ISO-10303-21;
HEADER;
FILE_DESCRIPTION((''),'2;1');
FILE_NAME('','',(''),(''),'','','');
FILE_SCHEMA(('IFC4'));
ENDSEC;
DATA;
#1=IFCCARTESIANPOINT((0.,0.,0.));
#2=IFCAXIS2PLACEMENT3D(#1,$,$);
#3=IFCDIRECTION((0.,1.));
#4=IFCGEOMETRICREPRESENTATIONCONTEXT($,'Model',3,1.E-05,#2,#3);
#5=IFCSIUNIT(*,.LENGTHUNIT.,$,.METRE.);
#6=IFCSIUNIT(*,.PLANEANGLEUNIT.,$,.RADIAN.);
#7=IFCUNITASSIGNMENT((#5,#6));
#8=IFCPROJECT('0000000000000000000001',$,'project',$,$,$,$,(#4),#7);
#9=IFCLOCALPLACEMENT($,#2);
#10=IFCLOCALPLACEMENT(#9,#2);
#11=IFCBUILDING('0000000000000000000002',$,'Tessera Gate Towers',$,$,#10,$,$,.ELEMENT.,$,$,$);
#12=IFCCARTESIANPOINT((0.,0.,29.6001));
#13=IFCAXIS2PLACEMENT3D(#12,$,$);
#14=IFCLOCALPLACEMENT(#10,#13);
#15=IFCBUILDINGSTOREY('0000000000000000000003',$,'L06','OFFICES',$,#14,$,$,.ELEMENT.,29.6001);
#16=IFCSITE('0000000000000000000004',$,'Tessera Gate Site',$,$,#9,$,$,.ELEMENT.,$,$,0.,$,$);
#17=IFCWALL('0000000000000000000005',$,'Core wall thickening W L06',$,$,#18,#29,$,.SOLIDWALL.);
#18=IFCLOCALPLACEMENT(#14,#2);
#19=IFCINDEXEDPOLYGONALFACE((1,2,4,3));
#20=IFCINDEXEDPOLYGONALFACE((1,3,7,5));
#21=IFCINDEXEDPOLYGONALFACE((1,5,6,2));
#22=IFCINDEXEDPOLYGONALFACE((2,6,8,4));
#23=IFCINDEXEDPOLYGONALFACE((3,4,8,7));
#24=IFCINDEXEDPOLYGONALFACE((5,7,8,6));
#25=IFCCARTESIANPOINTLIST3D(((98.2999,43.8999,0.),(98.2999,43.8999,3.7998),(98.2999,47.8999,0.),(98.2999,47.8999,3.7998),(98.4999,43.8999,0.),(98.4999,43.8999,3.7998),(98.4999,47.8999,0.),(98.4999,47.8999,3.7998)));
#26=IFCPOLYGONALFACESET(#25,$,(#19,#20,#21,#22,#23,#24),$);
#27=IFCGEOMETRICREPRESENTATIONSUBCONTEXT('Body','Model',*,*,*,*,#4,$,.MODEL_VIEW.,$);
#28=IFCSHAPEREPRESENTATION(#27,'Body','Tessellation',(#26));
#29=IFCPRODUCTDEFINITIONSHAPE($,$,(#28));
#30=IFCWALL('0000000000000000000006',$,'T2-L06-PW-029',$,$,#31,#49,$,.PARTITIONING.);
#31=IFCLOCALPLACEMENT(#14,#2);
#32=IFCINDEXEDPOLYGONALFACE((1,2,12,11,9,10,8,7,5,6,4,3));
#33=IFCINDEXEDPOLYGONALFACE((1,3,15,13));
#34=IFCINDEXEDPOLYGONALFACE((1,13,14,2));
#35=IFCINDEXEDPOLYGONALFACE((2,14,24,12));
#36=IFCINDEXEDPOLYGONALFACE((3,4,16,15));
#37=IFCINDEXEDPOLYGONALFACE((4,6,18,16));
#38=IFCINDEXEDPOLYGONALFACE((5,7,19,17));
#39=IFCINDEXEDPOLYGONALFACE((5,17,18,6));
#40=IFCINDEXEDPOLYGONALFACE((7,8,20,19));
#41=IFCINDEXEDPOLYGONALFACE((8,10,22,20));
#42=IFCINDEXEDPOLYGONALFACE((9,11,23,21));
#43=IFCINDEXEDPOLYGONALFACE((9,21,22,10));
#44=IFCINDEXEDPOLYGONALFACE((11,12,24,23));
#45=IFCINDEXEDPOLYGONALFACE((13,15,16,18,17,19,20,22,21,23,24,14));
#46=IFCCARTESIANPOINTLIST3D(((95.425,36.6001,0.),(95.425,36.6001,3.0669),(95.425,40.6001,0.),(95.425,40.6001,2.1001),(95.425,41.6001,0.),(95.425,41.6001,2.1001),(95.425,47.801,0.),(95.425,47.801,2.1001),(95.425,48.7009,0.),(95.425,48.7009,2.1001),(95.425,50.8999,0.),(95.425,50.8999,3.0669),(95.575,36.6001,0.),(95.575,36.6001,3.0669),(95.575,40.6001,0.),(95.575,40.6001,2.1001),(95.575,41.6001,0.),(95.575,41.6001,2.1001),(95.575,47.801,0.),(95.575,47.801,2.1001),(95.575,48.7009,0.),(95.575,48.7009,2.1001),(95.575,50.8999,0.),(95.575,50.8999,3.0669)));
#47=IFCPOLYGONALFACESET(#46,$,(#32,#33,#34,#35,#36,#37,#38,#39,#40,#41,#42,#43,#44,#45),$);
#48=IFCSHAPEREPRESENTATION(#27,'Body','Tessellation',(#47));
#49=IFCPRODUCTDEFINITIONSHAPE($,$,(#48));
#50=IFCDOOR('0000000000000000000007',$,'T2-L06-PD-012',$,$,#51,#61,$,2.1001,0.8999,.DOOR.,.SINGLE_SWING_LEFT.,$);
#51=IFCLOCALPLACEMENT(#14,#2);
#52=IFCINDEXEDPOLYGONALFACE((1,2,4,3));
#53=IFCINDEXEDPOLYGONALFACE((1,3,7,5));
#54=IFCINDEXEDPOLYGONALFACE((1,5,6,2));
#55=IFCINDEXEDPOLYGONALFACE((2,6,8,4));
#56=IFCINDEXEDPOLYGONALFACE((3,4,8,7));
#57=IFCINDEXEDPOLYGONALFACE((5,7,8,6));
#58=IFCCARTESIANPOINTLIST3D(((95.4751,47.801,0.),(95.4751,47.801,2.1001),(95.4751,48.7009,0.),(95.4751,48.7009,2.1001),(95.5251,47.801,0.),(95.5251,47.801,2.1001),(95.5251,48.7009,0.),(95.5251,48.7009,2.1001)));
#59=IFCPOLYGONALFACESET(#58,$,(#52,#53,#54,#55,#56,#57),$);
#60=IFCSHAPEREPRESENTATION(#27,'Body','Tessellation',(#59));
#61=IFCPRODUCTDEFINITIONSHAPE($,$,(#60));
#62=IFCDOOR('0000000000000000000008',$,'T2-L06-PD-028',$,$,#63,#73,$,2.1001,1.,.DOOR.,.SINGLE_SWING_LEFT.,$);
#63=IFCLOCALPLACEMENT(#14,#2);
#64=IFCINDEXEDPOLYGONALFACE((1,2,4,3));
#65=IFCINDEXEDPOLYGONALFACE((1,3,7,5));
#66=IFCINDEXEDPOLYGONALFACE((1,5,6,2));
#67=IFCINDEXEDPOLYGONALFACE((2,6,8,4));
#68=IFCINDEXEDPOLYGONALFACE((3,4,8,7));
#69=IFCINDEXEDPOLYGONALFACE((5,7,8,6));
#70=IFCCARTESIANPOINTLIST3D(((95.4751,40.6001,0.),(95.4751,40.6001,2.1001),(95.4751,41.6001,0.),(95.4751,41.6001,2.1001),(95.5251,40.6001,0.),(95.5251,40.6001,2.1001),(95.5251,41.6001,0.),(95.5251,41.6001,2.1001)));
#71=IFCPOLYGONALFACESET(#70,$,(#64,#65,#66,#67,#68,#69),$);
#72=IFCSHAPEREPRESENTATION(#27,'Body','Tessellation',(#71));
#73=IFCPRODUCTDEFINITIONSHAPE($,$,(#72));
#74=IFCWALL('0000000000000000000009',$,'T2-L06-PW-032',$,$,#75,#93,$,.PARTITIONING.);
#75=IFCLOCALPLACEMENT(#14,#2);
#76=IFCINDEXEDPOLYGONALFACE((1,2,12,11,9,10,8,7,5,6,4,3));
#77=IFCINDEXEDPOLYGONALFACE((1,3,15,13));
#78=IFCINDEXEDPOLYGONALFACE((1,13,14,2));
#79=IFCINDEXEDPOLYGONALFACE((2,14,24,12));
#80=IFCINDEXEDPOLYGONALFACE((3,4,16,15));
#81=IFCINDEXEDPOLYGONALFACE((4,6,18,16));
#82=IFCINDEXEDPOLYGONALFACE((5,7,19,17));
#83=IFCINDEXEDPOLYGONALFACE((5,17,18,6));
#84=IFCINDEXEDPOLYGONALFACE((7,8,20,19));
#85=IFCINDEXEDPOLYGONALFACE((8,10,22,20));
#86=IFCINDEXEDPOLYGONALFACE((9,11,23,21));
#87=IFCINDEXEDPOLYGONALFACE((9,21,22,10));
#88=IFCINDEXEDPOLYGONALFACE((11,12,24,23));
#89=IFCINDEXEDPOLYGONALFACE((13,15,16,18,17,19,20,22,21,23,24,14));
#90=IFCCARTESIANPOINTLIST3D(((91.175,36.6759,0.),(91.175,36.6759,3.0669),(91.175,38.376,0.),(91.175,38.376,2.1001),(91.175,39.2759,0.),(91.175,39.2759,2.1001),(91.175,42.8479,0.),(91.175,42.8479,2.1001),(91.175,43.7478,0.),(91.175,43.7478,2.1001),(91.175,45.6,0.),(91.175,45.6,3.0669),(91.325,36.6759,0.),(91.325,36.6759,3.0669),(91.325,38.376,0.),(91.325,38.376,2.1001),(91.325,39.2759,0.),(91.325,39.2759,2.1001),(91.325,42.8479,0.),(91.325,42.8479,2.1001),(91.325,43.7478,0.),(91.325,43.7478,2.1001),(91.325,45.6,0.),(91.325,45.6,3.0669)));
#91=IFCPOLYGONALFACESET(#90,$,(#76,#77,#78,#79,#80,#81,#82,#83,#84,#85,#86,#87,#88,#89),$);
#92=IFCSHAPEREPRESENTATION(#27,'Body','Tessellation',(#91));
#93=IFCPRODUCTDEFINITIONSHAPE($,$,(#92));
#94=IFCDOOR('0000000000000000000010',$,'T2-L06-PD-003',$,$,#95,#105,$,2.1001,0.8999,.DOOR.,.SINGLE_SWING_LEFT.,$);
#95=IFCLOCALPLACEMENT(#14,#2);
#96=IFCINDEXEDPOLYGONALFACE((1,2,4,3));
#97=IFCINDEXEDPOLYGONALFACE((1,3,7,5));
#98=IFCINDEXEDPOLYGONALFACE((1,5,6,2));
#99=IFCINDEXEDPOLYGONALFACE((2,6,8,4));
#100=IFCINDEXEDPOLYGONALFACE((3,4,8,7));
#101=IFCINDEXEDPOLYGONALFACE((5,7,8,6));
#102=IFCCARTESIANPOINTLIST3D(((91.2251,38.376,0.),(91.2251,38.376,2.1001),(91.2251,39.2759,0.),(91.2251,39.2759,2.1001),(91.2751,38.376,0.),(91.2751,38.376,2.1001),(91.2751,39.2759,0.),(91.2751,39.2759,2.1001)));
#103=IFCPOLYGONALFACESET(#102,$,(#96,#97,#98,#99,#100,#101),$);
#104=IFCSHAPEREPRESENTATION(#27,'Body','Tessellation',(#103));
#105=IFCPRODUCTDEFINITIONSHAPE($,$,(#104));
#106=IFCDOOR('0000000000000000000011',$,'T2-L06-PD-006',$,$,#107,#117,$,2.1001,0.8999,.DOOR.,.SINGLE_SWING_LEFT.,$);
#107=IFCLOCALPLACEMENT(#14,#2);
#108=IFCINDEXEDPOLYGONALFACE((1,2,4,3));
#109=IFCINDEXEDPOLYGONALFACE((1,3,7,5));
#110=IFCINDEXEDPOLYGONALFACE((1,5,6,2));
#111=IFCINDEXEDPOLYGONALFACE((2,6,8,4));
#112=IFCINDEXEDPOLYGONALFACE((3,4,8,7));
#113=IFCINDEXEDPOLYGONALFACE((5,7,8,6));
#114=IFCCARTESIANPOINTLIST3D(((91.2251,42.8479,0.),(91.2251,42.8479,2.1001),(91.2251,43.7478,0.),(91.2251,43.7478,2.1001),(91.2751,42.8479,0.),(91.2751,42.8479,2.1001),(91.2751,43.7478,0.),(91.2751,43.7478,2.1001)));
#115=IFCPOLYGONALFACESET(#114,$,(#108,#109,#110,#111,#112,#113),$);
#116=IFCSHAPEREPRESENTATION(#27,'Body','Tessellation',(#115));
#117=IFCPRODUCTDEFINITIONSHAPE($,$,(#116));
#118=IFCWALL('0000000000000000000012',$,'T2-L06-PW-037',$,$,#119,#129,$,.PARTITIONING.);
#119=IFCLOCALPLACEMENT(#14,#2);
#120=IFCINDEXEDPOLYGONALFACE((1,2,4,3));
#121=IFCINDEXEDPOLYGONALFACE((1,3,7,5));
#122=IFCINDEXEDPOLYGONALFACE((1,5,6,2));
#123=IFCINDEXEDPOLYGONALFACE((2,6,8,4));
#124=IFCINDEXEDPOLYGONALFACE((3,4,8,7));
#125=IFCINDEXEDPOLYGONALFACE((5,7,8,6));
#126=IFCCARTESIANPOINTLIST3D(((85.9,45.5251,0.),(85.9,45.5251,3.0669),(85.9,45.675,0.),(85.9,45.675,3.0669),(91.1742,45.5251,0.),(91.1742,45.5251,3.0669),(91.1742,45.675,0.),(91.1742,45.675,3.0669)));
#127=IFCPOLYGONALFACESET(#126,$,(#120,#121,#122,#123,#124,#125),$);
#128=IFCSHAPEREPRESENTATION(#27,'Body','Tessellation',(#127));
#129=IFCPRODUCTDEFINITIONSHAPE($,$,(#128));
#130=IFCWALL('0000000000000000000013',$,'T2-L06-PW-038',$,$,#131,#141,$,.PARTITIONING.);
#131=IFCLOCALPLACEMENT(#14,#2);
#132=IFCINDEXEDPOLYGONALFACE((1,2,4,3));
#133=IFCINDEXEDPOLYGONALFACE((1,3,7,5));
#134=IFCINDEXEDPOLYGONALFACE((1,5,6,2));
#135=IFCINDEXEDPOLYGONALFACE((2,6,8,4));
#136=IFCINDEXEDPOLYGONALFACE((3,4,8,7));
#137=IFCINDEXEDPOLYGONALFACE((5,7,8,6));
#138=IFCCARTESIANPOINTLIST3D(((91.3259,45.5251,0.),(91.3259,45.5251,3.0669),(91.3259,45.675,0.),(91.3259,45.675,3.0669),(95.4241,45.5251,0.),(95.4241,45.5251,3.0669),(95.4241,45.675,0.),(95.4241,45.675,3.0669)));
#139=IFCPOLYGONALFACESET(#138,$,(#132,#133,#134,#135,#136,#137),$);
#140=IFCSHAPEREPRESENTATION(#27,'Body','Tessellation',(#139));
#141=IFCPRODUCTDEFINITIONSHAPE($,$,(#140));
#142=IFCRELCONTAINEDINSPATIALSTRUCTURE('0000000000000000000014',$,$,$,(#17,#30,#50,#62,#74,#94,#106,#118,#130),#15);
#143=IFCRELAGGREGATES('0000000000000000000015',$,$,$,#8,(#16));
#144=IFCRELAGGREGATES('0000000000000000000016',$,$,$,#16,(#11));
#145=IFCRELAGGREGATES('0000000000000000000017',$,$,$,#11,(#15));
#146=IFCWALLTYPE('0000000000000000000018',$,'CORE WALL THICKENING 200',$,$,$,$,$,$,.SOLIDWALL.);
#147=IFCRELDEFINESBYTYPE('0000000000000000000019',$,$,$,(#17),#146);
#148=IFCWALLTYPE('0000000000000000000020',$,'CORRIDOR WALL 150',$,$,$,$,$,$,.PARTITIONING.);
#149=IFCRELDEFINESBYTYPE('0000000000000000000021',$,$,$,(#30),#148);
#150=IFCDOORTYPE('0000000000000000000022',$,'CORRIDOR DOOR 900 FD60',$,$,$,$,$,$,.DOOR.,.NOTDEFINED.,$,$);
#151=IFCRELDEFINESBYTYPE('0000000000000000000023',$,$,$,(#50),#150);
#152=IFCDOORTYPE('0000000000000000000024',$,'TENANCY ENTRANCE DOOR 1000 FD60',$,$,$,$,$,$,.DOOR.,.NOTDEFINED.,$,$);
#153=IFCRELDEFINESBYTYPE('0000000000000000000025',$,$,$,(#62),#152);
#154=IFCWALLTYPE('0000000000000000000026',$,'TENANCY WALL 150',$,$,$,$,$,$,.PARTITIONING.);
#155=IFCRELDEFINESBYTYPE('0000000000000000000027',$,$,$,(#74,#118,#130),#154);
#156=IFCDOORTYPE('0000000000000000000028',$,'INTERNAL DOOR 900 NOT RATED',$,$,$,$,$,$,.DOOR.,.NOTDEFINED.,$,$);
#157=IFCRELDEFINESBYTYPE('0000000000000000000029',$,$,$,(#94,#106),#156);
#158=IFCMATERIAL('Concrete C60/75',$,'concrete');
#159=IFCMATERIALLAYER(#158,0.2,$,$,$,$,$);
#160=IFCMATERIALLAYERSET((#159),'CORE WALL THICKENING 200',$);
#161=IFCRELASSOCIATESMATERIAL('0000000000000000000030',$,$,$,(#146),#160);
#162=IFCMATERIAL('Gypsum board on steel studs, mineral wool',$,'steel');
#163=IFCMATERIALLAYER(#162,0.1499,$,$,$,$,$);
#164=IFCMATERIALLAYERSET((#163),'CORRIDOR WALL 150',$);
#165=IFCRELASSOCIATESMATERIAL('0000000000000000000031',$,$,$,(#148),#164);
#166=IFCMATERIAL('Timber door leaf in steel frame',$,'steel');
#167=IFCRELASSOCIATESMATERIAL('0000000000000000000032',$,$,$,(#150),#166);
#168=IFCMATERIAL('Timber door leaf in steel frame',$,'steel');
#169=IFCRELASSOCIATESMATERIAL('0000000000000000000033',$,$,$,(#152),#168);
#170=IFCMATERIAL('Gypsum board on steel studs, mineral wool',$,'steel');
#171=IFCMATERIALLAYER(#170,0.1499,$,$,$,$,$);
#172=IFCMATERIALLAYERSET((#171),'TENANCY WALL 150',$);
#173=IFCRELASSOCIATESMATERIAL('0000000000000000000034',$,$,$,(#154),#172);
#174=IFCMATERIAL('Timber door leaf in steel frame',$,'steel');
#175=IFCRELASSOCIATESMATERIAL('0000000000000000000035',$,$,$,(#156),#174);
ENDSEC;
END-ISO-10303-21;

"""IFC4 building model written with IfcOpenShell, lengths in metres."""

from ifc_helpers import new_model, si_unit, direction, frame, frame_2d, origin, place, context, subcontext, project, spatial, rectangle, extrude, source, transform, mapped, material, layer, layer_set, type_object, element, fill, save


model = new_model("IFC4")

# Units and contexts
model_context = context("Model", 3, precision=1e-05, world=origin(), true_north=direction((0.0, 1.0)))
body_context = subcontext(model_context, "Body", "Model", "MODEL_VIEW")
ifc_project = project(units=[si_unit("LENGTHUNIT", "METRE"), si_unit("PLANEANGLEUNIT", "RADIAN")], contexts=[model_context])

# Site, building, storey
site_placement = place(None, origin())
site = spatial("IfcSite", under=ifc_project, at=site_placement, Name="Tessera Gate Site", CompositionType="ELEMENT", RefElevation=0.0)
building_placement = place(site_placement, origin())
building = spatial("IfcBuilding", under=site, at=building_placement, Name="Tessera Gate Towers", CompositionType="ELEMENT")
storey_placement = place(building_placement, frame((0.0, 0.0, 29.6001)))
storey = spatial("IfcBuildingStorey", under=building, at=storey_placement, Name="L06", Description="OFFICES", CompositionType="ELEMENT", Elevation=29.6001)

# Wall
ifc_material_1 = material(Name="Concrete C60/75", Category="concrete")
ifc_layer_1 = layer(ifc_material_1, 0.2)
ifc_layer_set_1 = layer_set([ifc_layer_1], Name="CORE WALL THICKENING 200")
wall_type_1 = type_object("IfcWallType", Name="CORE WALL THICKENING 200", PredefinedType="SOLIDWALL", material=ifc_layer_set_1)
wall_1_placement = place(storey_placement, frame((98.3999, 43.8999, 0.0), z_axis=(0.0, 0.0, 1.0), x_axis=(0.0, 1.0, 0.0)))
element("IfcWall", 1, at=wall_1_placement, inside=storey, type_object=wall_type_1, Name="Core wall thickening W L06", PredefinedType="SOLIDWALL", context=body_context, shape_type="SweptSolid", body=[
    extrude(rectangle(XDim=4.0, YDim=0.2, at=frame_2d((2.0, 0.0))), origin(), (0.0, 0.0, 1.0), 3.7998),
])

# Walls, openings, doors
ifc_material_2 = material(Name="Gypsum board on steel studs, mineral wool", Category="steel")
ifc_layer_2 = layer(ifc_material_2, 0.1499)
ifc_layer_set_2 = layer_set([ifc_layer_2], Name="CORRIDOR WALL 150")
wall_type_2 = type_object("IfcWallType", Name="CORRIDOR WALL 150", PredefinedType="PARTITIONING", material=ifc_layer_set_2)
wall_2_placement = place(storey_placement, frame((95.5, 36.6001, 0.0), z_axis=(0.0, 0.0, 1.0), x_axis=(0.0, 1.0, 0.0)))
wall_2 = element("IfcWall", 2, at=wall_2_placement, inside=storey, type_object=wall_type_2, Name="T2-L06-PW-029", PredefinedType="PARTITIONING", context=body_context, shape_type="SweptSolid", body=[
    extrude(rectangle(XDim=14.2998, YDim=0.1499, at=frame_2d((7.1499, 0.0))), origin(), (0.0, 0.0, 1.0), 3.0669),
])
shared_shape_1 = source(origin(), body_context, "Body", "SweptSolid", [
    extrude(rectangle(XDim=0.8999, YDim=2.1001, at=frame_2d((0.45, 1.05))), frame((0.0, 0.085, 0.0), z_axis=(0.0, -1.0, 0.0), x_axis=(1.0, 0.0, 0.0)), (0.0, 0.0, 1.0), 0.1699),
])
opening_1_placement = place(wall_2_placement, frame((11.2009, 0.0, 0.0)))
opening_1 = element("IfcOpeningElement", 3, at=opening_1_placement, cuts=wall_2, PredefinedType="OPENING", context=body_context, shape_type="MappedRepresentation", body=[
    mapped(shared_shape_1, transform((0.0, 0.0, 0.0), scale=1.0)),
])
shared_shape_2 = source(origin(), body_context, "Body", "SweptSolid", [
    extrude(rectangle(XDim=1.0, YDim=2.1001, at=frame_2d((0.5, 1.05))), frame((0.0, 0.085, 0.0), z_axis=(0.0, -1.0, 0.0), x_axis=(1.0, 0.0, 0.0)), (0.0, 0.0, 1.0), 0.1699),
])
opening_2_placement = place(wall_2_placement, frame((4.0, 0.0, 0.0)))
opening_2 = element("IfcOpeningElement", 4, at=opening_2_placement, cuts=wall_2, PredefinedType="OPENING", context=body_context, shape_type="MappedRepresentation", body=[
    mapped(shared_shape_2, transform((0.0, 0.0, 0.0), scale=1.0)),
])
ifc_material_3 = material(Name="Timber door leaf in steel frame", Category="steel")
door_type_1 = type_object("IfcDoorType", Name="CORRIDOR DOOR 900 FD60", OperationType="NOTDEFINED", PredefinedType="DOOR", material=ifc_material_3)
shared_shape_3 = source(origin(), body_context, "Body", "SweptSolid", [
    extrude(rectangle(XDim=0.8999, YDim=2.1001, at=frame_2d((0.45, 1.05))), frame((0.0, 0.0249, 0.0), z_axis=(0.0, -1.0, 0.0), x_axis=(1.0, 0.0, 0.0)), (0.0, 0.0, 1.0), 0.05),
])
door_1_placement = place(opening_1_placement, origin())
door_1 = element("IfcDoor", 5, at=door_1_placement, inside=storey, type_object=door_type_1, Name="T2-L06-PD-012", OperationType="SINGLE_SWING_LEFT", OverallHeight=2.1001, OverallWidth=0.8999, PredefinedType="DOOR", context=body_context, shape_type="MappedRepresentation", body=[
    mapped(shared_shape_3, transform((0.0, 0.0, 0.0), scale=1.0)),
])
fill(opening_1, door_1)
ifc_material_4 = material(Name="Timber door leaf in steel frame", Category="steel")
door_type_2 = type_object("IfcDoorType", Name="TENANCY ENTRANCE DOOR 1000 FD60", OperationType="NOTDEFINED", PredefinedType="DOOR", material=ifc_material_4)
shared_shape_4 = source(origin(), body_context, "Body", "SweptSolid", [
    extrude(rectangle(XDim=1.0, YDim=2.1001, at=frame_2d((0.5, 1.05))), frame((0.0, 0.0249, 0.0), z_axis=(0.0, -1.0, 0.0), x_axis=(1.0, 0.0, 0.0)), (0.0, 0.0, 1.0), 0.05),
])
door_2_placement = place(opening_2_placement, origin())
door_2 = element("IfcDoor", 6, at=door_2_placement, inside=storey, type_object=door_type_2, Name="T2-L06-PD-028", OperationType="SINGLE_SWING_LEFT", OverallHeight=2.1001, OverallWidth=1.0, PredefinedType="DOOR", context=body_context, shape_type="MappedRepresentation", body=[
    mapped(shared_shape_4, transform((0.0, 0.0, 0.0), scale=1.0)),
])
fill(opening_2, door_2)
ifc_material_5 = material(Name="Gypsum board on steel studs, mineral wool", Category="steel")
ifc_layer_3 = layer(ifc_material_5, 0.1499)
ifc_layer_set_3 = layer_set([ifc_layer_3], Name="TENANCY WALL 150")
wall_type_3 = type_object("IfcWallType", Name="TENANCY WALL 150", PredefinedType="PARTITIONING", material=ifc_layer_set_3)
wall_3_placement = place(storey_placement, frame((91.25, 36.676, 0.0), z_axis=(0.0, 0.0, 1.0), x_axis=(0.0, 1.0, 0.0)))
wall_3 = element("IfcWall", 7, at=wall_3_placement, inside=storey, type_object=wall_type_3, Name="T2-L06-PW-032", PredefinedType="PARTITIONING", context=body_context, shape_type="SweptSolid", body=[
    extrude(rectangle(XDim=8.9241, YDim=0.1499, at=frame_2d((4.4619, 0.0))), origin(), (0.0, 0.0, 1.0), 3.0669),
])
opening_3_placement = place(wall_3_placement, frame((1.7, 0.0, 0.0)))
opening_3 = element("IfcOpeningElement", 8, at=opening_3_placement, cuts=wall_3, PredefinedType="OPENING", context=body_context, shape_type="MappedRepresentation", body=[
    mapped(shared_shape_1, transform((0.0, 0.0, 0.0), scale=1.0)),
])
opening_4_placement = place(wall_3_placement, frame((6.1719, 0.0, 0.0)))
opening_4 = element("IfcOpeningElement", 9, at=opening_4_placement, cuts=wall_3, PredefinedType="OPENING", context=body_context, shape_type="MappedRepresentation", body=[
    mapped(shared_shape_1, transform((0.0, 0.0, 0.0), scale=1.0)),
])
ifc_material_6 = material(Name="Timber door leaf in steel frame", Category="steel")
door_type_3 = type_object("IfcDoorType", Name="INTERNAL DOOR 900 NOT RATED", OperationType="NOTDEFINED", PredefinedType="DOOR", material=ifc_material_6)
door_3_placement = place(opening_3_placement, origin())
door_3 = element("IfcDoor", 10, at=door_3_placement, inside=storey, type_object=door_type_3, Name="T2-L06-PD-003", OperationType="SINGLE_SWING_LEFT", OverallHeight=2.1001, OverallWidth=0.8999, PredefinedType="DOOR", context=body_context, shape_type="MappedRepresentation", body=[
    mapped(shared_shape_3, transform((0.0, 0.0, 0.0), scale=1.0)),
])
fill(opening_3, door_3)
door_4_placement = place(opening_4_placement, origin())
door_4 = element("IfcDoor", 11, at=door_4_placement, inside=storey, type_object=door_type_3, Name="T2-L06-PD-006", OperationType="SINGLE_SWING_LEFT", OverallHeight=2.1001, OverallWidth=0.8999, PredefinedType="DOOR", context=body_context, shape_type="MappedRepresentation", body=[
    mapped(shared_shape_3, transform((0.0, 0.0, 0.0), scale=1.0)),
])
fill(opening_4, door_4)

# Walls
wall_4_placement = place(storey_placement, frame((85.8999, 45.6001, 0.0), z_axis=(0.0, 0.0, 1.0), x_axis=(1.0, 0.0, 0.0)))
element("IfcWall", 12, at=wall_4_placement, inside=storey, type_object=wall_type_3, Name="T2-L06-PW-037", PredefinedType="PARTITIONING", context=body_context, shape_type="SweptSolid", body=[
    extrude(rectangle(XDim=5.2742, YDim=0.1499, at=frame_2d((2.6372, 0.0))), origin(), (0.0, 0.0, 1.0), 3.0669),
])
wall_5_placement = place(storey_placement, frame((91.3259, 45.6001, 0.0), z_axis=(0.0, 0.0, 1.0), x_axis=(1.0, 0.0, 0.0)))
element("IfcWall", 13, at=wall_5_placement, inside=storey, type_object=wall_type_3, Name="T2-L06-PW-038", PredefinedType="PARTITIONING", context=body_context, shape_type="SweptSolid", body=[
    extrude(rectangle(XDim=4.0981, YDim=0.1499, at=frame_2d((2.0491, 0.0))), origin(), (0.0, 0.0, 1.0), 3.0669),
])

save(model, "model.ifc")
